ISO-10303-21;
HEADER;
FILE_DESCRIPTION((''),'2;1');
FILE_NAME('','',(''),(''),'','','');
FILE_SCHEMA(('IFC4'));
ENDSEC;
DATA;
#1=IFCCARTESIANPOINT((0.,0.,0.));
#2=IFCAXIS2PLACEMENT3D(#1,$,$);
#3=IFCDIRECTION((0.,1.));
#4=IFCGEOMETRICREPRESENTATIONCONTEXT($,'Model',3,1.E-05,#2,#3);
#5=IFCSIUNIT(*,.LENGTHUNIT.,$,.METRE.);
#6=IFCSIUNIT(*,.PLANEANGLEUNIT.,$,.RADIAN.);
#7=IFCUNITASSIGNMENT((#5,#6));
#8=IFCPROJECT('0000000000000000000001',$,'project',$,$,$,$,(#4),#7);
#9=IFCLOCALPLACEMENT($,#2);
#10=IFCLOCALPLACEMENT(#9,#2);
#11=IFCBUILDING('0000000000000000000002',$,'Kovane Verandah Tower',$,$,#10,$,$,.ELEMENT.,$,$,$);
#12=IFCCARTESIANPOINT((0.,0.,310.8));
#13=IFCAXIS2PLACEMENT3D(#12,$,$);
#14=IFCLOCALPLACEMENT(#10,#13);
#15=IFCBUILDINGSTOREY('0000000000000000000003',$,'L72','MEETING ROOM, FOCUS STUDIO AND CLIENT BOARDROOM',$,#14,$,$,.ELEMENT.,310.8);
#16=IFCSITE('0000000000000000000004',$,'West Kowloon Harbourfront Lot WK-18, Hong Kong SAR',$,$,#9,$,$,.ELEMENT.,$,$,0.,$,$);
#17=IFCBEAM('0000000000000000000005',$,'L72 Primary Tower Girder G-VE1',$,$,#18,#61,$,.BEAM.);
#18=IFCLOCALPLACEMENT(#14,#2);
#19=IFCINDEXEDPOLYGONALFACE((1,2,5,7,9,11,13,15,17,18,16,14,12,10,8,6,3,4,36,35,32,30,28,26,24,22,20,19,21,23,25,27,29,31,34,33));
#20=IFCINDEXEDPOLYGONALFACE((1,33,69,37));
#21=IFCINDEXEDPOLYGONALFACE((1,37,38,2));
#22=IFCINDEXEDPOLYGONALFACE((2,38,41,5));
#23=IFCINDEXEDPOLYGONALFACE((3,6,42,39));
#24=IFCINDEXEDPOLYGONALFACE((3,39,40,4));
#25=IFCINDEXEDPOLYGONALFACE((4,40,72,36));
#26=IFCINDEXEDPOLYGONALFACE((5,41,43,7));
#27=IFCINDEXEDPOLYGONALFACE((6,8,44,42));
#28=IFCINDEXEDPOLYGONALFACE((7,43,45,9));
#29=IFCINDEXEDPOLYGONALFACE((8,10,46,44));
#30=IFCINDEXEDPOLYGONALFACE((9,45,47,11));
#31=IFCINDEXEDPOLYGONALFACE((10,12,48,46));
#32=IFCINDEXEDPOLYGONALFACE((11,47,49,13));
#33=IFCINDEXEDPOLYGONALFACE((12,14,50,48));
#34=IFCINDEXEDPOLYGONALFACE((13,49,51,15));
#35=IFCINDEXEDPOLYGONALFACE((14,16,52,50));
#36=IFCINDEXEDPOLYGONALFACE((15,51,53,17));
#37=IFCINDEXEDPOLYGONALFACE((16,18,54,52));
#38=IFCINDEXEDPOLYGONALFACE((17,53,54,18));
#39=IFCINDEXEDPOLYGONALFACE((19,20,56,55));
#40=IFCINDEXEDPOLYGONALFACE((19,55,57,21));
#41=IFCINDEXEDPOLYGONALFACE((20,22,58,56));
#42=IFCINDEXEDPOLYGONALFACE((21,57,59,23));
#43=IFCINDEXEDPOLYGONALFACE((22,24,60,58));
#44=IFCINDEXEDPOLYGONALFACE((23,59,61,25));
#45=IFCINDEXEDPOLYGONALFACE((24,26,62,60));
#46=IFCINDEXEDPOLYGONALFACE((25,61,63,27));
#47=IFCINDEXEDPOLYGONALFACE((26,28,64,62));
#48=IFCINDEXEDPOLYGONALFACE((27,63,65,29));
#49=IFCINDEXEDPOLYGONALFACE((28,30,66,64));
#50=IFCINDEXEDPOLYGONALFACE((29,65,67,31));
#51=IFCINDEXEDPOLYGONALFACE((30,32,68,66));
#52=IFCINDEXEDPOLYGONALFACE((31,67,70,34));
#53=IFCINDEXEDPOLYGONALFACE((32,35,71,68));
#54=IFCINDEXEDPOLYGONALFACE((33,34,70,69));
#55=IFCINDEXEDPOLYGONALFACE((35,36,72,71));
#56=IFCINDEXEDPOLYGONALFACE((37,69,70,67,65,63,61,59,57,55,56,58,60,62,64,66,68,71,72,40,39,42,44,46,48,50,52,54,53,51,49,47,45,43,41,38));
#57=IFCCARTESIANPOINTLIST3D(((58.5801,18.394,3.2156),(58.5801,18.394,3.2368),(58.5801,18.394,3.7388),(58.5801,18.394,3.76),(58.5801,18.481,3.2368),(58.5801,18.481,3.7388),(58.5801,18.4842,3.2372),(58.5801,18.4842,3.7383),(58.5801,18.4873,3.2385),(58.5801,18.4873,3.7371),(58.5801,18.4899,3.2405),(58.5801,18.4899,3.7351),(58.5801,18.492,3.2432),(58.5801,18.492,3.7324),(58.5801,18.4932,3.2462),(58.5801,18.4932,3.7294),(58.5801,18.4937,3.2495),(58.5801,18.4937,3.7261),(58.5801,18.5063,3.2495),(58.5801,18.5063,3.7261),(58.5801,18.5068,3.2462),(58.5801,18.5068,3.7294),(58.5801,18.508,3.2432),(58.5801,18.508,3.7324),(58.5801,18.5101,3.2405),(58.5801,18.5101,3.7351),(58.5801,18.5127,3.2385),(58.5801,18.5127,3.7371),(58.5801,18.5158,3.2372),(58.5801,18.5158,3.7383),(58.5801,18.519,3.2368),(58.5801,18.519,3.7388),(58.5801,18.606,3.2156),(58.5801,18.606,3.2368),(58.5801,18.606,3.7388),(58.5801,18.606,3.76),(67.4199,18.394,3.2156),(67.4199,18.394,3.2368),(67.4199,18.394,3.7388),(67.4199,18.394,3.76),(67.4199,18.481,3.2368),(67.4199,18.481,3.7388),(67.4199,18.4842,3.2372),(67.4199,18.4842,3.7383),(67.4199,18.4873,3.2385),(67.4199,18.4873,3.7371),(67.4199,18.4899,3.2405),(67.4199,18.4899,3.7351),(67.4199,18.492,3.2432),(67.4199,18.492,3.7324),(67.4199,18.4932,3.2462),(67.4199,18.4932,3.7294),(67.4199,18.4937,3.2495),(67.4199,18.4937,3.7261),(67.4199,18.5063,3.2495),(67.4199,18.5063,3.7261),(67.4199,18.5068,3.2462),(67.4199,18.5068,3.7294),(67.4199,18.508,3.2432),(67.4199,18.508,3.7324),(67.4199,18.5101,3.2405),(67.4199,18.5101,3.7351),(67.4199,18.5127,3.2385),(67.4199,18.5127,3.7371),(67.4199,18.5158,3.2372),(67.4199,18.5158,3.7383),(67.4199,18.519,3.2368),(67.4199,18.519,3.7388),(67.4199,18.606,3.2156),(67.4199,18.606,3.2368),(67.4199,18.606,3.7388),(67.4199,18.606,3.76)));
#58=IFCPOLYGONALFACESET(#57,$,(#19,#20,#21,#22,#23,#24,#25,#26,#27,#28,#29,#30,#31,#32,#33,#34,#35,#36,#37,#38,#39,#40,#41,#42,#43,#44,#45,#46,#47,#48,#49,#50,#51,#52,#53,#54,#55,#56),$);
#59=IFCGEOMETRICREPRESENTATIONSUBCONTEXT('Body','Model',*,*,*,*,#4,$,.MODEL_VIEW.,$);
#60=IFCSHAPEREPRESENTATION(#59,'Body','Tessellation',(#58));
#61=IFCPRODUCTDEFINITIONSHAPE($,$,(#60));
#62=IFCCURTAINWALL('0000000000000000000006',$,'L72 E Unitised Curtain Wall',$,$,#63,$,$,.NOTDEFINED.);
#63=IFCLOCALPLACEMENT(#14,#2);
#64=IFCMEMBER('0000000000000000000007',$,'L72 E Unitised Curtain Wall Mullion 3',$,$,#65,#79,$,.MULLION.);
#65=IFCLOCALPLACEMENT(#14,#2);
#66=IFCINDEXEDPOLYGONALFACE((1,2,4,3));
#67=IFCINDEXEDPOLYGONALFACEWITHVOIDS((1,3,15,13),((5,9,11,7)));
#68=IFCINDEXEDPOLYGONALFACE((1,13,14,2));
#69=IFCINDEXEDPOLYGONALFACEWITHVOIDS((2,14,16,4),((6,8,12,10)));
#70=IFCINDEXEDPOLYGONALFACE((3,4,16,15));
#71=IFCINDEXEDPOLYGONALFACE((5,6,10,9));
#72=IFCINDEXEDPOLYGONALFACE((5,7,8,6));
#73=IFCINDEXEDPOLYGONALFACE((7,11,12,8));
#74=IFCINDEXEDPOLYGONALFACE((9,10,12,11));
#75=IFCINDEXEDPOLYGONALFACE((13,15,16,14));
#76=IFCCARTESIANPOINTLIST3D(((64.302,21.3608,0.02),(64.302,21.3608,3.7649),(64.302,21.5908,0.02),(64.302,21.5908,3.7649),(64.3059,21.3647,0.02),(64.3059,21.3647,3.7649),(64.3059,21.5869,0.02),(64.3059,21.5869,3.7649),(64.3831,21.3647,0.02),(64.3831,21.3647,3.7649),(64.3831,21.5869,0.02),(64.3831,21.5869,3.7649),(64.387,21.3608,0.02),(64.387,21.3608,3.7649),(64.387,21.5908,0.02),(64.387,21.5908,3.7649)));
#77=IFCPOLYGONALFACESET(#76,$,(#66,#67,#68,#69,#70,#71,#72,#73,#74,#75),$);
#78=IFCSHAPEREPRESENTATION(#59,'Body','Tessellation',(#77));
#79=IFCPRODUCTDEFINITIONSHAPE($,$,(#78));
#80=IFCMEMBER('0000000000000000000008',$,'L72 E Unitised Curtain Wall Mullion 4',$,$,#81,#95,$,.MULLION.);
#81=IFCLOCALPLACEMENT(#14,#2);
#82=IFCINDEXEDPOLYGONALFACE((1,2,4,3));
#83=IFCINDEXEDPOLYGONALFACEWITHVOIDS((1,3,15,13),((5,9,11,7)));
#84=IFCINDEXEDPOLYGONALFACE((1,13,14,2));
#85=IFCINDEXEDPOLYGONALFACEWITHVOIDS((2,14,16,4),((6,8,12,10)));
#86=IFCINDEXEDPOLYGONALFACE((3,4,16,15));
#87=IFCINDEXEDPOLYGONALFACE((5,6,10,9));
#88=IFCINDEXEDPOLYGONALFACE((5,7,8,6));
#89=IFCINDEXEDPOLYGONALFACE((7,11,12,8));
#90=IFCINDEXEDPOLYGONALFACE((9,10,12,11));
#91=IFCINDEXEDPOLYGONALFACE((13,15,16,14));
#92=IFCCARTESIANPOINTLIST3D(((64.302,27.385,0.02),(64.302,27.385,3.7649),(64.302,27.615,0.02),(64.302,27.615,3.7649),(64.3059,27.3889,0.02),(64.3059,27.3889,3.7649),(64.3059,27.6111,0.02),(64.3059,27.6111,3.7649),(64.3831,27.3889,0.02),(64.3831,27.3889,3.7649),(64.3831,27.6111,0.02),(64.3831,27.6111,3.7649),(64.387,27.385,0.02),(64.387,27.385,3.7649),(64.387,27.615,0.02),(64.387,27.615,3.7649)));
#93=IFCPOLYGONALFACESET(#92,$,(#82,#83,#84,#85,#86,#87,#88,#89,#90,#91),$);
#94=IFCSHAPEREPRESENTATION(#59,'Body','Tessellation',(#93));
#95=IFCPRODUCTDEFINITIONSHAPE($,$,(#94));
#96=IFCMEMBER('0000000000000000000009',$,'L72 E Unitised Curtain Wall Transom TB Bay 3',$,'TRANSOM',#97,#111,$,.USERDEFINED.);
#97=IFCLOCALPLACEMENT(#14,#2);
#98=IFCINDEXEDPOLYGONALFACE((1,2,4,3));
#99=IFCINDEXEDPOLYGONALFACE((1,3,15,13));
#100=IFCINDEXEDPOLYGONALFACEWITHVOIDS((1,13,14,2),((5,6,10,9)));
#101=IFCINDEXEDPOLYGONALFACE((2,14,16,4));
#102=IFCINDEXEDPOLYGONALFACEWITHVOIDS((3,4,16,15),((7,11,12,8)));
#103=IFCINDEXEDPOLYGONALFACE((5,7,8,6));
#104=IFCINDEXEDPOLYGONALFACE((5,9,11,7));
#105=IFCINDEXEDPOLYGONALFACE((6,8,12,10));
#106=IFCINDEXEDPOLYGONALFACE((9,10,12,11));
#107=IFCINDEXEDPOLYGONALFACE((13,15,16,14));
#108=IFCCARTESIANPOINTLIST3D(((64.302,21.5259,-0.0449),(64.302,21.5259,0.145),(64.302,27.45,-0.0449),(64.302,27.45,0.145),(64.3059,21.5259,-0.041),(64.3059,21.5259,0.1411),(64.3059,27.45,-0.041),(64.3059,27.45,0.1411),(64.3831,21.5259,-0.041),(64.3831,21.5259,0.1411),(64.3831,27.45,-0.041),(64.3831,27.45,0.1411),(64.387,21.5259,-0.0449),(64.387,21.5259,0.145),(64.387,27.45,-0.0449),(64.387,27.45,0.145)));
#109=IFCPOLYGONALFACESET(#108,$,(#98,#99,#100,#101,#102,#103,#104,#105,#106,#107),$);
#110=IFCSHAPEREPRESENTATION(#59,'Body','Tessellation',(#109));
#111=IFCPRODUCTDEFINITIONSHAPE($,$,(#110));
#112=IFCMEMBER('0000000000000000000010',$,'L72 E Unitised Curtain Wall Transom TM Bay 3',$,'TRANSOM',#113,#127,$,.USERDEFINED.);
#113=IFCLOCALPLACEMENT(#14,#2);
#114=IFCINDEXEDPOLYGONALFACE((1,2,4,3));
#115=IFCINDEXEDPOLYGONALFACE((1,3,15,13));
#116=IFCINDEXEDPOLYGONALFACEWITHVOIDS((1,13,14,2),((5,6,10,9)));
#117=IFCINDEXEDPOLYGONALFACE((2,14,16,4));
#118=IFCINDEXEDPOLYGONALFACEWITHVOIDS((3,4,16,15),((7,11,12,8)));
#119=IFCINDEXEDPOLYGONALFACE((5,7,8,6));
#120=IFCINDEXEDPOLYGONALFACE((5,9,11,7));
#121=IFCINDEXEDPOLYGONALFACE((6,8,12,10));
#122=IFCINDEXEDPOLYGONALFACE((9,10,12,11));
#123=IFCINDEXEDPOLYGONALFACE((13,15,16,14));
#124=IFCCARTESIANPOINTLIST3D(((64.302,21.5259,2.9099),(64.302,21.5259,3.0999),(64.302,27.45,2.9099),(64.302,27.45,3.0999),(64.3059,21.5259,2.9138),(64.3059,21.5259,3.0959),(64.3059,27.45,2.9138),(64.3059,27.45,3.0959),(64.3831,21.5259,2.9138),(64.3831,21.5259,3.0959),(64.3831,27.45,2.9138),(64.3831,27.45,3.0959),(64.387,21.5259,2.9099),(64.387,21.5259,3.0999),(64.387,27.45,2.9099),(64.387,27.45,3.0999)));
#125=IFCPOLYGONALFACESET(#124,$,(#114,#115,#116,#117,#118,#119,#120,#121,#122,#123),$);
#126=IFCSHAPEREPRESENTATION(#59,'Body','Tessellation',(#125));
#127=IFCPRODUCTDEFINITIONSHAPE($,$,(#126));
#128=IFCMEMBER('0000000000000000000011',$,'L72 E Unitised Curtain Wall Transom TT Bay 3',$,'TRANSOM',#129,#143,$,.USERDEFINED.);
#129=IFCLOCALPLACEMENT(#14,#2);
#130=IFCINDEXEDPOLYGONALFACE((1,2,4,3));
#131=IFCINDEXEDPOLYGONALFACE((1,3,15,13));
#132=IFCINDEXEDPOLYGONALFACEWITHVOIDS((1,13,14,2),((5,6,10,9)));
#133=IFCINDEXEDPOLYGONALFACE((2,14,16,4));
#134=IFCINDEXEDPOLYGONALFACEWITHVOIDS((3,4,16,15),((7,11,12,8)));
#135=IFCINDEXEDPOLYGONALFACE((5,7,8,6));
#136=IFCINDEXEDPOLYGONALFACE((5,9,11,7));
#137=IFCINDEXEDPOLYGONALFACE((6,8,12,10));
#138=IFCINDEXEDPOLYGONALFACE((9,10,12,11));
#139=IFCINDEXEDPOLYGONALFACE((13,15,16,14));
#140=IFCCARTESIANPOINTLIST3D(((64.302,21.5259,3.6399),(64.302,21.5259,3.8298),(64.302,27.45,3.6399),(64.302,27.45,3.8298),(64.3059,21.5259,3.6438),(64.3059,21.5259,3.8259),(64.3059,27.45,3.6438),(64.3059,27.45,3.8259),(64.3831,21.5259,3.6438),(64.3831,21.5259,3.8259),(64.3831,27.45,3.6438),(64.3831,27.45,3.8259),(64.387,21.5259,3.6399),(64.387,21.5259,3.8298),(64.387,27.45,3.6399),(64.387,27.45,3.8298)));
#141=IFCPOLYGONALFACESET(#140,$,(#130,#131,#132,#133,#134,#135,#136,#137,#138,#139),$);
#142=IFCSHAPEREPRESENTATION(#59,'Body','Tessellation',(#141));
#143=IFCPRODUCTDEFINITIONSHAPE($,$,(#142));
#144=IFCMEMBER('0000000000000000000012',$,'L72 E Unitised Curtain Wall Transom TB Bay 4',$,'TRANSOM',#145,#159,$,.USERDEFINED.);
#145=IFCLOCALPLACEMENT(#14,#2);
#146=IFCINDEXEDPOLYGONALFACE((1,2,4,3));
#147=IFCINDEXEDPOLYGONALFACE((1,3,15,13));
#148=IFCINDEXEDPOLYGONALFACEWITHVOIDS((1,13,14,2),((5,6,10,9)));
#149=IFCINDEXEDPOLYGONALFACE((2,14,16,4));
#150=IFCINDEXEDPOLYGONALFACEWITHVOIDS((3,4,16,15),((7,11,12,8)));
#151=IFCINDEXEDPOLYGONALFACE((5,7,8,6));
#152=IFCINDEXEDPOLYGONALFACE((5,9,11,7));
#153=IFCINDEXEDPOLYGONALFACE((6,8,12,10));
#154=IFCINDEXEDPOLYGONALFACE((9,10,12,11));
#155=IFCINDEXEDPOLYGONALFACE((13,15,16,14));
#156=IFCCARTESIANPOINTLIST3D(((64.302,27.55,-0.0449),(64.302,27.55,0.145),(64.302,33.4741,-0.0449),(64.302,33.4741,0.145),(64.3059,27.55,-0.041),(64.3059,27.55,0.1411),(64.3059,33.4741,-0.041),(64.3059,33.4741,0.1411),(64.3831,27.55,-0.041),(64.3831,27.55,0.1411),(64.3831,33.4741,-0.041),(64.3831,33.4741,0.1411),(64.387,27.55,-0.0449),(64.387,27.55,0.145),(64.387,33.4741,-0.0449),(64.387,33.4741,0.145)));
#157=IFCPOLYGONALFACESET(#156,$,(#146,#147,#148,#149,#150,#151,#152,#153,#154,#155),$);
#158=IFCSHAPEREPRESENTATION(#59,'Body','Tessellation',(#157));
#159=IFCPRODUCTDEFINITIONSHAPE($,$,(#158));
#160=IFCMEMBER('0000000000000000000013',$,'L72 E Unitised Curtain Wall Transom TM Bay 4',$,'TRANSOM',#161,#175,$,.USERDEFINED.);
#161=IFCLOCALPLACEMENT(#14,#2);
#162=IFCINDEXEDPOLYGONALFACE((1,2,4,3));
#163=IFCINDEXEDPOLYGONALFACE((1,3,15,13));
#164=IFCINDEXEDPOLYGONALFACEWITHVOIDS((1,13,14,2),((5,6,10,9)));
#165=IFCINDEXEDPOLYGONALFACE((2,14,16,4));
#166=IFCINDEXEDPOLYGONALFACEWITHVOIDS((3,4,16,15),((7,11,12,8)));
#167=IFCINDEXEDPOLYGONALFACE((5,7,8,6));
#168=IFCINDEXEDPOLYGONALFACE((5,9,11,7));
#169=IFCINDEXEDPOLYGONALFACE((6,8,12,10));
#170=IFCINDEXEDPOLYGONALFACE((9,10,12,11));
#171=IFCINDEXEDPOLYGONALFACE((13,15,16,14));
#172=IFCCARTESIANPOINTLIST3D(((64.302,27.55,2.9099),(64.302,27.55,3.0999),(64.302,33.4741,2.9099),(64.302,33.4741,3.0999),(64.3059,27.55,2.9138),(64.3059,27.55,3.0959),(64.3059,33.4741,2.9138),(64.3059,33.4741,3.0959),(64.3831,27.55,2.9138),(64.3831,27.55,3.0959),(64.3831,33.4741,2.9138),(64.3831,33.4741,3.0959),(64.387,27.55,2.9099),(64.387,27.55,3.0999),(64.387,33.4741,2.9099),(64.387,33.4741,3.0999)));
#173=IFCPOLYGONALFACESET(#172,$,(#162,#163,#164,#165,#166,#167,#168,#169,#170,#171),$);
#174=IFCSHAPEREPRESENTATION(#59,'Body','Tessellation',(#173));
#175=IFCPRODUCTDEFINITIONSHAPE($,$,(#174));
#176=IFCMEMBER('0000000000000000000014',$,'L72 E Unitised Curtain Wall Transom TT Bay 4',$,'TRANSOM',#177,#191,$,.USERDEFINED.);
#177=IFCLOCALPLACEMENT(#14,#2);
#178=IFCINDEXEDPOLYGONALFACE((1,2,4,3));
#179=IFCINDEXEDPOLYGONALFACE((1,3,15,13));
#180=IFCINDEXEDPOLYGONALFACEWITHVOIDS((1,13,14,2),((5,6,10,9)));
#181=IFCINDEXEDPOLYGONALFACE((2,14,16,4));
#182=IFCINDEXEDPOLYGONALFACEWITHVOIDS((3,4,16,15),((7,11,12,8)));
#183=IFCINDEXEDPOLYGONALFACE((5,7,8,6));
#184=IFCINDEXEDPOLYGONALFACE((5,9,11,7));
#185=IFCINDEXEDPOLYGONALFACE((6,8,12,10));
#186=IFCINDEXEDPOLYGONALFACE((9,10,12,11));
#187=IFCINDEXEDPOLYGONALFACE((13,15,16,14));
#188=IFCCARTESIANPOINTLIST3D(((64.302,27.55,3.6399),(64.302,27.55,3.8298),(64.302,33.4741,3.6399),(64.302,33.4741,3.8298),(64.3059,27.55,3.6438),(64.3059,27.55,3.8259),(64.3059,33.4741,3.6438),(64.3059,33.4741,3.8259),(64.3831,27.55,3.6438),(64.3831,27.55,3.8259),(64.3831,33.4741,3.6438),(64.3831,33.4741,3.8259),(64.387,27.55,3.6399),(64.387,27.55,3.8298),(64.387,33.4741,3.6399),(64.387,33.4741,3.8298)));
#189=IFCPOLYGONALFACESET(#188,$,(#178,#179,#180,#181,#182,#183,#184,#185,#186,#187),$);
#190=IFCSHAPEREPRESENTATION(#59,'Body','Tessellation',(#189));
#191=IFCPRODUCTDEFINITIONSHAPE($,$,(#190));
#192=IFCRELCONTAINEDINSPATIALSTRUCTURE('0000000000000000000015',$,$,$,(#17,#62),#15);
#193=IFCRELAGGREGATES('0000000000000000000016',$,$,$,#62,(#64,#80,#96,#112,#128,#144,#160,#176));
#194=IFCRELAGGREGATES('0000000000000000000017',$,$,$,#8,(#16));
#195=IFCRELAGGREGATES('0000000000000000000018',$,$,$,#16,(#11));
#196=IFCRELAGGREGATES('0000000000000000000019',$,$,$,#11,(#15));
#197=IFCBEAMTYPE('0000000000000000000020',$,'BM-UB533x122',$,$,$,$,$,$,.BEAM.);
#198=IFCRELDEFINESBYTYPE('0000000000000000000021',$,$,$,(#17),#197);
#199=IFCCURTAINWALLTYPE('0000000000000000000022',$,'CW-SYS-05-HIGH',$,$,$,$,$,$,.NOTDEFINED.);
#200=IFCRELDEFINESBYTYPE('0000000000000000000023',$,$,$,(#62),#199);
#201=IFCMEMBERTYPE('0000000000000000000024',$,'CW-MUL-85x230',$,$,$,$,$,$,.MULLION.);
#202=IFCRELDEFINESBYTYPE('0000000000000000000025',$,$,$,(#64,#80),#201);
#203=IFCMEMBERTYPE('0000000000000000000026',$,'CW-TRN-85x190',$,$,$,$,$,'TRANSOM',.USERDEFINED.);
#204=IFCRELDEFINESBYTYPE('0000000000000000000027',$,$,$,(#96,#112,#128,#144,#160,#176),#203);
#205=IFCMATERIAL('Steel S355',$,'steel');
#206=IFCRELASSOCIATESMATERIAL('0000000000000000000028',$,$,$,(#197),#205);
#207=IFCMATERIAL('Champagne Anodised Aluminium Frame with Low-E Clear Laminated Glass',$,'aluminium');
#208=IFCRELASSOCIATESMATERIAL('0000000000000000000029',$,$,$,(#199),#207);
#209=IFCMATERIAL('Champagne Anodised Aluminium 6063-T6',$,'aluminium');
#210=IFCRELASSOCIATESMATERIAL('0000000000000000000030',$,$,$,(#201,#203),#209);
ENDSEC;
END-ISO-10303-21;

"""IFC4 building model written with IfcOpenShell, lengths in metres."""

from ifc_helpers import new_model, si_unit, direction, frame, origin, origin_2d, place, context, subcontext, project, spatial, hollow_rectangle, i_section, extrude, material, material_profile, profile_set, type_object, element, aggregate, save


model = new_model("IFC4")

# Units and contexts
model_context = context("Model", 3, precision=1e-05, world=origin(), true_north=direction((0.0, 1.0)))
body_context = subcontext(model_context, "Body", "Model", "MODEL_VIEW")
ifc_project = project(units=[si_unit("LENGTHUNIT", "METRE"), si_unit("PLANEANGLEUNIT", "RADIAN")], contexts=[model_context])

# Site, building, storey
site_placement = place(None, origin())
site = spatial("IfcSite", under=ifc_project, at=site_placement, Name="West Kowloon Harbourfront Lot WK-18, Hong Kong SAR", CompositionType="ELEMENT", RefElevation=0.0)
building_placement = place(site_placement, origin())
building = spatial("IfcBuilding", under=site, at=building_placement, Name="Kovane Verandah Tower", CompositionType="ELEMENT")
storey_placement = place(building_placement, frame((0.0, 0.0, 310.8)))
storey = spatial("IfcBuildingStorey", under=building, at=storey_placement, Name="L72", Description="MEETING ROOM, FOCUS STUDIO AND CLIENT BOARDROOM", CompositionType="ELEMENT", Elevation=310.8)

# Beam
ifc_material_1 = material(Name="Steel S355", Category="steel")
ifc_material_profile_1 = material_profile(ifc_material_1, i_section(OverallWidth=0.2119, OverallDepth=0.5444, WebThickness=0.0127, FlangeThickness=0.0212, FilletRadius=0.0127, at=origin_2d()), Name="UB533x210x122")
ifc_profile_set_1 = profile_set([ifc_material_profile_1], Name="Steel S355")
beam_type_1 = type_object("IfcBeamType", Name="BM-UB533x122", PredefinedType="BEAM", material=ifc_profile_set_1)
beam_1_placement = place(storey_placement, frame((58.5801, 18.5, 3.4878), z_axis=(1.0, 0.0, 0.0), x_axis=(0.0, 1.0, 0.0)))
element("IfcBeam", 1, at=beam_1_placement, inside=storey, type_object=beam_type_1, Name="L72 Primary Tower Girder G-VE1", PredefinedType="BEAM", context=body_context, shape_type="SweptSolid", body=[
    extrude(i_section(OverallWidth=0.2119, OverallDepth=0.5444, WebThickness=0.0127, FlangeThickness=0.0212, FilletRadius=0.0127, at=origin_2d()), origin(), (0.0, 0.0, 1.0), 8.8398),
])

# Curtain wall, members
ifc_material_2 = material(Name="Champagne Anodised Aluminium Frame with Low-E Clear Laminated Glass", Category="aluminium")
curtain_wall_type = type_object("IfcCurtainWallType", Name="CW-SYS-05-HIGH", PredefinedType="NOTDEFINED", material=ifc_material_2)
curtain_wall_placement = place(storey_placement, origin())
curtain_wall = element("IfcCurtainWall", 2, at=curtain_wall_placement, inside=storey, type_object=curtain_wall_type, Name="L72 E Unitised Curtain Wall", PredefinedType="NOTDEFINED")
ifc_material_3 = material(Name="Champagne Anodised Aluminium 6063-T6", Category="aluminium")
ifc_material_profile_2 = material_profile(ifc_material_3, hollow_rectangle(XDim=0.085, YDim=0.23, WallThickness=0.0039, at=origin_2d()), Name="AL85x230x4")
ifc_profile_set_2 = profile_set([ifc_material_profile_2], Name="Champagne Anodised Aluminium 6063-T6")
member_type_1 = type_object("IfcMemberType", Name="CW-MUL-85x230", PredefinedType="MULLION", material=ifc_profile_set_2)
member_1_placement = place(storey_placement, frame((64.3445, 21.4758, 0.02), z_axis=(0.0, 0.0, 1.0), x_axis=(1.0, 0.0, 0.0)))
member_1 = element("IfcMember", 3, at=member_1_placement, type_object=member_type_1, Name="L72 E Unitised Curtain Wall Mullion 3", PredefinedType="MULLION", context=body_context, shape_type="SweptSolid", body=[
    extrude(hollow_rectangle(XDim=0.085, YDim=0.23, WallThickness=0.0039, at=origin_2d()), origin(), (0.0, 0.0, 1.0), 3.7449),
])
member_2_placement = place(storey_placement, frame((64.3445, 27.5, 0.02), z_axis=(0.0, 0.0, 1.0), x_axis=(1.0, 0.0, 0.0)))
member_2 = element("IfcMember", 4, at=member_2_placement, type_object=member_type_1, Name="L72 E Unitised Curtain Wall Mullion 4", PredefinedType="MULLION", context=body_context, shape_type="SweptSolid", body=[
    extrude(hollow_rectangle(XDim=0.085, YDim=0.23, WallThickness=0.0039, at=origin_2d()), origin(), (0.0, 0.0, 1.0), 3.7449),
])
ifc_material_profile_3 = material_profile(ifc_material_3, hollow_rectangle(XDim=0.085, YDim=0.1899, WallThickness=0.0039, at=origin_2d()), Name="AL85x190x4")
ifc_profile_set_3 = profile_set([ifc_material_profile_3], Name="Champagne Anodised Aluminium 6063-T6")
member_type_2 = type_object("IfcMemberType", Name="CW-TRN-85x190", ElementType="TRANSOM", PredefinedType="USERDEFINED", material=ifc_profile_set_3)
member_3_placement = place(storey_placement, frame((64.3445, 21.5259, 0.05), z_axis=(0.0, 1.0, 0.0), x_axis=(-1.0, 0.0, 0.0)))
member_3 = element("IfcMember", 5, at=member_3_placement, type_object=member_type_2, Name="L72 E Unitised Curtain Wall Transom TB Bay 3", ObjectType="TRANSOM", PredefinedType="USERDEFINED", context=body_context, shape_type="SweptSolid", body=[
    extrude(hollow_rectangle(XDim=0.085, YDim=0.1899, WallThickness=0.0039, at=origin_2d()), origin(), (0.0, 0.0, 1.0), 5.9241),
])
member_4_placement = place(storey_placement, frame((64.3445, 21.5259, 3.0049), z_axis=(0.0, 1.0, 0.0), x_axis=(-1.0, 0.0, 0.0)))
member_4 = element("IfcMember", 6, at=member_4_placement, type_object=member_type_2, Name="L72 E Unitised Curtain Wall Transom TM Bay 3", ObjectType="TRANSOM", PredefinedType="USERDEFINED", context=body_context, shape_type="SweptSolid", body=[
    extrude(hollow_rectangle(XDim=0.085, YDim=0.1899, WallThickness=0.0039, at=origin_2d()), origin(), (0.0, 0.0, 1.0), 5.9241),
])
member_5_placement = place(storey_placement, frame((64.3445, 21.5259, 3.7349), z_axis=(0.0, 1.0, 0.0), x_axis=(-1.0, 0.0, 0.0)))
member_5 = element("IfcMember", 7, at=member_5_placement, type_object=member_type_2, Name="L72 E Unitised Curtain Wall Transom TT Bay 3", ObjectType="TRANSOM", PredefinedType="USERDEFINED", context=body_context, shape_type="SweptSolid", body=[
    extrude(hollow_rectangle(XDim=0.085, YDim=0.1899, WallThickness=0.0039, at=origin_2d()), origin(), (0.0, 0.0, 1.0), 5.9241),
])
member_6_placement = place(storey_placement, frame((64.3445, 27.55, 0.05), z_axis=(0.0, 1.0, 0.0), x_axis=(-1.0, 0.0, 0.0)))
member_6 = element("IfcMember", 8, at=member_6_placement, type_object=member_type_2, Name="L72 E Unitised Curtain Wall Transom TB Bay 4", ObjectType="TRANSOM", PredefinedType="USERDEFINED", context=body_context, shape_type="SweptSolid", body=[
    extrude(hollow_rectangle(XDim=0.085, YDim=0.1899, WallThickness=0.0039, at=origin_2d()), origin(), (0.0, 0.0, 1.0), 5.9241),
])
member_7_placement = place(storey_placement, frame((64.3445, 27.55, 3.0049), z_axis=(0.0, 1.0, 0.0), x_axis=(-1.0, 0.0, 0.0)))
member_7 = element("IfcMember", 9, at=member_7_placement, type_object=member_type_2, Name="L72 E Unitised Curtain Wall Transom TM Bay 4", ObjectType="TRANSOM", PredefinedType="USERDEFINED", context=body_context, shape_type="SweptSolid", body=[
    extrude(hollow_rectangle(XDim=0.085, YDim=0.1899, WallThickness=0.0039, at=origin_2d()), origin(), (0.0, 0.0, 1.0), 5.9241),
])
member_8_placement = place(storey_placement, frame((64.3445, 27.55, 3.7349), z_axis=(0.0, 1.0, 0.0), x_axis=(-1.0, 0.0, 0.0)))
member_8 = element("IfcMember", 10, at=member_8_placement, type_object=member_type_2, Name="L72 E Unitised Curtain Wall Transom TT Bay 4", ObjectType="TRANSOM", PredefinedType="USERDEFINED", context=body_context, shape_type="SweptSolid", body=[
    extrude(hollow_rectangle(XDim=0.085, YDim=0.1899, WallThickness=0.0039, at=origin_2d()), origin(), (0.0, 0.0, 1.0), 5.9241),
])

aggregate(curtain_wall, [member_1, member_2, member_3, member_4, member_5, member_6, member_7, member_8])

save(model, "model.ifc")
